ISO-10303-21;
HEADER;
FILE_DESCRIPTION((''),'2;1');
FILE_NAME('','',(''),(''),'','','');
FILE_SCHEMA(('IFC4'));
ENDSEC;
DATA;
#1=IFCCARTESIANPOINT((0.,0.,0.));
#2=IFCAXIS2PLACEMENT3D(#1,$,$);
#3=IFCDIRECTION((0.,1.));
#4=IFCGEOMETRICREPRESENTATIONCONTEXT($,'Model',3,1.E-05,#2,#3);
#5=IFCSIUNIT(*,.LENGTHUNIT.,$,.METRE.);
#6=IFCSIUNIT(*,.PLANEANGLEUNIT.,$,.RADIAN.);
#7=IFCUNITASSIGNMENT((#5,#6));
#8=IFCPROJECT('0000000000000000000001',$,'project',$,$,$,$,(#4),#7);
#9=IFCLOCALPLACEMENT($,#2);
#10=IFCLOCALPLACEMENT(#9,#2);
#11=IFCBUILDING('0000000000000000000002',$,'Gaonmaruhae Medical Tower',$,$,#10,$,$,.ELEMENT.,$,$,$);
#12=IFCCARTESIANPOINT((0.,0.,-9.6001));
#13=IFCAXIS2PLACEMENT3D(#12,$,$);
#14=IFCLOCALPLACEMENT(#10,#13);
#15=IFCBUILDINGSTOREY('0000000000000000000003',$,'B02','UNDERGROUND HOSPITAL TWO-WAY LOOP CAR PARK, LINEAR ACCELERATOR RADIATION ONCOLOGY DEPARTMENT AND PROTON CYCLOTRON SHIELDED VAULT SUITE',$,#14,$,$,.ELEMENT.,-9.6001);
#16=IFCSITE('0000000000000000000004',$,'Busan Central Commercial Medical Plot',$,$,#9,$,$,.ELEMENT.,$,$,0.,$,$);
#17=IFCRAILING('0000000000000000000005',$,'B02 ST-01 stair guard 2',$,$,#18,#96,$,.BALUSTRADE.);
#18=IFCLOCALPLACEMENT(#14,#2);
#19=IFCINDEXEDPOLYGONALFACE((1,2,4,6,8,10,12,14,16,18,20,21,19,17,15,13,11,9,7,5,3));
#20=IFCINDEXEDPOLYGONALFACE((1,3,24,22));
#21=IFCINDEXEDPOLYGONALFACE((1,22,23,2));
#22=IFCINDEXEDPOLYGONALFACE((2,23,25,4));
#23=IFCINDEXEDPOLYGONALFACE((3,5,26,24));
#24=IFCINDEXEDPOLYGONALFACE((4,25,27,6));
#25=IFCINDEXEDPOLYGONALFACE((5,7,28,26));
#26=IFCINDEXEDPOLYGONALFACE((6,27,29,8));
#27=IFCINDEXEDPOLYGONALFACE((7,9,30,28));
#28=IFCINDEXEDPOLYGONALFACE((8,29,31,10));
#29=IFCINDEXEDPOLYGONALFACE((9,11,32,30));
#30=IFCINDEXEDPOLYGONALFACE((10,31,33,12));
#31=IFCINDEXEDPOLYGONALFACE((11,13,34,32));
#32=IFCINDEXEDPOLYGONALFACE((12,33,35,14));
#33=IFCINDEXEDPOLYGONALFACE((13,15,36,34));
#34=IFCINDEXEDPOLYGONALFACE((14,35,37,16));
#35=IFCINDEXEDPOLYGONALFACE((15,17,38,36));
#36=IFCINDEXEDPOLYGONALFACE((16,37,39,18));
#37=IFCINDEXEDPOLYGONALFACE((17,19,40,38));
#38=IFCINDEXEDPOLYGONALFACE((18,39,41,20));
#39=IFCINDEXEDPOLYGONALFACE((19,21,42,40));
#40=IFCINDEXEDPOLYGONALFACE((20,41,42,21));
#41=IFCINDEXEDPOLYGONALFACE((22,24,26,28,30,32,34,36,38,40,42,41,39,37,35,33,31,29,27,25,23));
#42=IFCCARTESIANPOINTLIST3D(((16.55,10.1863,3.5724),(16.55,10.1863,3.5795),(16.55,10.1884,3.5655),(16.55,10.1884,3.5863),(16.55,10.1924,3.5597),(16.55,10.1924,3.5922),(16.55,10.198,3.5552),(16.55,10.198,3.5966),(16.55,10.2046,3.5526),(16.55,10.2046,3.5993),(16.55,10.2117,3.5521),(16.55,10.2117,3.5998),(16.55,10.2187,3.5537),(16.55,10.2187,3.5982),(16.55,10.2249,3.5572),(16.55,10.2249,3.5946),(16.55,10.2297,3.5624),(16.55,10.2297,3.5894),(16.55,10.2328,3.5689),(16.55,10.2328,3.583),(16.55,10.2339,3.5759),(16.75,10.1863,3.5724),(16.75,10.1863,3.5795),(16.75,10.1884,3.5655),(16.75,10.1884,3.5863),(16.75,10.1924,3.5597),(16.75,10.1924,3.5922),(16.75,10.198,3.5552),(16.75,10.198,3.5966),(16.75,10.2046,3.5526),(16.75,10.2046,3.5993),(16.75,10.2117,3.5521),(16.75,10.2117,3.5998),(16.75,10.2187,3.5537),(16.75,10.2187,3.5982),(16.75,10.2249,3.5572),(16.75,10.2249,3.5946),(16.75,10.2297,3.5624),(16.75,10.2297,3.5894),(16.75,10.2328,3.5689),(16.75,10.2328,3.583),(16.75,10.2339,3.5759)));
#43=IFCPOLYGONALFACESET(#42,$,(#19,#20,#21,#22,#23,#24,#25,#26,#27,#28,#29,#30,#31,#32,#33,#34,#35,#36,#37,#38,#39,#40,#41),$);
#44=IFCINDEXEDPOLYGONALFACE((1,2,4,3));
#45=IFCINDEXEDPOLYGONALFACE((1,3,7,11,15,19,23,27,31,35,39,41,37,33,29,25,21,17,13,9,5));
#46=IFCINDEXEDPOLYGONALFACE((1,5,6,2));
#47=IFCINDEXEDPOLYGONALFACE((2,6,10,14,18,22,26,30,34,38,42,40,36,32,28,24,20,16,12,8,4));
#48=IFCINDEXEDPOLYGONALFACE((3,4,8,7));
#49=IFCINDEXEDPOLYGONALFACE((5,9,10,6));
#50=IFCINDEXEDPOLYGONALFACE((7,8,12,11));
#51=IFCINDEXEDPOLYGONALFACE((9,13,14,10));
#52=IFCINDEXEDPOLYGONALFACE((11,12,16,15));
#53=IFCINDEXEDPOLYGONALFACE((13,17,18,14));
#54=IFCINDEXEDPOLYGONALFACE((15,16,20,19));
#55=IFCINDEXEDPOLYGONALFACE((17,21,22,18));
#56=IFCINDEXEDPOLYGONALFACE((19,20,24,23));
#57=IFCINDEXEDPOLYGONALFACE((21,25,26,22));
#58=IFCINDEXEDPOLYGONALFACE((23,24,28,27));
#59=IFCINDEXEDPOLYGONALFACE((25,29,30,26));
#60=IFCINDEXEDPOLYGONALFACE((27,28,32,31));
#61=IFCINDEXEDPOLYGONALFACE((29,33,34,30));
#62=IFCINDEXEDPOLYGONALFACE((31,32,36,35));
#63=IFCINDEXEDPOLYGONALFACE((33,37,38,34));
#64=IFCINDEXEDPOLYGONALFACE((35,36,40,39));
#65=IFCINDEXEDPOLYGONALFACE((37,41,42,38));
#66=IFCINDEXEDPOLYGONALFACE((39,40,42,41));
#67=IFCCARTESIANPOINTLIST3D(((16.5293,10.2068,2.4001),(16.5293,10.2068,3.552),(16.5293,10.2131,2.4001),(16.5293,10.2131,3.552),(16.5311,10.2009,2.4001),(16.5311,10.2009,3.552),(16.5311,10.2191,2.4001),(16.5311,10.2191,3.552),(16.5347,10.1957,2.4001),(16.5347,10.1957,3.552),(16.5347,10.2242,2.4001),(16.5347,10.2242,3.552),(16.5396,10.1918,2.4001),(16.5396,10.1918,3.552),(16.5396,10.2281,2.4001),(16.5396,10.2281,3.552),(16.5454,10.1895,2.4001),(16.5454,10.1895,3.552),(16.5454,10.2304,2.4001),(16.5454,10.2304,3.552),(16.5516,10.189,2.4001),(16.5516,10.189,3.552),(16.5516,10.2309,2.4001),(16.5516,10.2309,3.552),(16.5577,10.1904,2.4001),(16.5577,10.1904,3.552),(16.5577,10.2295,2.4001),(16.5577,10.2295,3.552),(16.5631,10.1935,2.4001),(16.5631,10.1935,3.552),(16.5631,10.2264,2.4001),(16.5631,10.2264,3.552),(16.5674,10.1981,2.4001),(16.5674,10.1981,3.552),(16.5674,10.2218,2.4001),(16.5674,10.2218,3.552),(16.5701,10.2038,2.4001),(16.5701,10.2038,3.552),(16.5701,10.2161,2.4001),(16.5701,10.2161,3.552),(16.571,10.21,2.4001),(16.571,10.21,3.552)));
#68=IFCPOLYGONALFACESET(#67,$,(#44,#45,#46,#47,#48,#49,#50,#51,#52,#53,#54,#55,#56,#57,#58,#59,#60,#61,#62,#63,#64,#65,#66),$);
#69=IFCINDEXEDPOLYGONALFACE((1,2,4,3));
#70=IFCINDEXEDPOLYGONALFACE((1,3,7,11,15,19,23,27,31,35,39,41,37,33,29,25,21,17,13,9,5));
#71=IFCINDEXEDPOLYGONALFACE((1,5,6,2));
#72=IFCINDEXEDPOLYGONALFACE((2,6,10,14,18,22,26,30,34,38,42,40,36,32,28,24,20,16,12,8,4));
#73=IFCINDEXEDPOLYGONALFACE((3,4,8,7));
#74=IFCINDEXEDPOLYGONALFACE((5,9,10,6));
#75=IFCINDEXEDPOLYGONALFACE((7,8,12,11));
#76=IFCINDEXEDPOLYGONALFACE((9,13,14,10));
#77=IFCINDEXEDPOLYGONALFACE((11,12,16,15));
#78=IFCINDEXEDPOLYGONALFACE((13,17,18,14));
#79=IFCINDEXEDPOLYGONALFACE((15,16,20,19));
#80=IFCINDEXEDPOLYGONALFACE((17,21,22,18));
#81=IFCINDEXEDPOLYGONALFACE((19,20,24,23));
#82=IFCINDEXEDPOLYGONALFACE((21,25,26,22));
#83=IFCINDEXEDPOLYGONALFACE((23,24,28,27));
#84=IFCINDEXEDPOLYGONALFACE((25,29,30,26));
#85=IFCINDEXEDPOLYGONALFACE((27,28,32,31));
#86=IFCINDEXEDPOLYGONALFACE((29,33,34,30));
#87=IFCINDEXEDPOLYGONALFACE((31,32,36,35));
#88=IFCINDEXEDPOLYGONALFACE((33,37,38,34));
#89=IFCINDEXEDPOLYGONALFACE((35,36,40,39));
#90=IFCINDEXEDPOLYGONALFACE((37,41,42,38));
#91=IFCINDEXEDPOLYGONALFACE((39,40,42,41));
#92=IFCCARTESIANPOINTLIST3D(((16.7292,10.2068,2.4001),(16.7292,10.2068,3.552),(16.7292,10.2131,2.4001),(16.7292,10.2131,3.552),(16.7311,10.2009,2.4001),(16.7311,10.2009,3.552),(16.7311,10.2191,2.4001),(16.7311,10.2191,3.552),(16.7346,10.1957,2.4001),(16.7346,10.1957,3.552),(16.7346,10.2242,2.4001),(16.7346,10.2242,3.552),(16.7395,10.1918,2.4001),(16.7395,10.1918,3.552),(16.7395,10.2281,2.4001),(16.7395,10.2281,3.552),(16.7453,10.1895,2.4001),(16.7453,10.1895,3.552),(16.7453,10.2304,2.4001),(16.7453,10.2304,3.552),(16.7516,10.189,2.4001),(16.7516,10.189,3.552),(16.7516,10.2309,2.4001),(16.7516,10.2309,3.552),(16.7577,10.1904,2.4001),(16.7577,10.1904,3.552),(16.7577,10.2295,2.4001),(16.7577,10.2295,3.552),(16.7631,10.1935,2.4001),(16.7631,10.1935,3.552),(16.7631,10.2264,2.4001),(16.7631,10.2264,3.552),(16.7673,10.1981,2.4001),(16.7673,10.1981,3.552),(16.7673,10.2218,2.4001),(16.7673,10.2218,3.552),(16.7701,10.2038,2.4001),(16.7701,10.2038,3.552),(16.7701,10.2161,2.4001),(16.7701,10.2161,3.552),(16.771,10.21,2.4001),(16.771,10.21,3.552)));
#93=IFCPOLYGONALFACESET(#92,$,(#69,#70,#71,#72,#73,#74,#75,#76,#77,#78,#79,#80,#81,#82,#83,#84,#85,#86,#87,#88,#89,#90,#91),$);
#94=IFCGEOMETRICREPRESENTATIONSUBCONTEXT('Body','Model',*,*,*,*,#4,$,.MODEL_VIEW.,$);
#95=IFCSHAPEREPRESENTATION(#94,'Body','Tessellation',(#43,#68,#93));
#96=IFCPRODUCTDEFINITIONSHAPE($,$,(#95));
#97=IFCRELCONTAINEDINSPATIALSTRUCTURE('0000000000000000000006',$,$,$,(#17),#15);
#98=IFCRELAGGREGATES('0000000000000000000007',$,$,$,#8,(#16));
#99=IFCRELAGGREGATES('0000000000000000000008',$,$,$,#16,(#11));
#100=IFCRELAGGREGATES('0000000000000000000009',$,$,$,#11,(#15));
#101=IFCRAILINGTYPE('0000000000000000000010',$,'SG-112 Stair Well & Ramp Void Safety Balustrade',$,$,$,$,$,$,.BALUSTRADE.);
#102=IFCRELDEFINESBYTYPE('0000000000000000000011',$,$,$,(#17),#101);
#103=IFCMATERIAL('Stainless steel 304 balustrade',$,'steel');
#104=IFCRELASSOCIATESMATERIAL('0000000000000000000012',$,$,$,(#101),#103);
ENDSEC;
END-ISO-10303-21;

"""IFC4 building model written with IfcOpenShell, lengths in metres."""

from ifc_helpers import new_model, si_unit, direction, frame, origin, origin_2d, place, context, subcontext, project, spatial, circle, extrude, material, type_object, element, save


model = new_model("IFC4")

# Units and contexts
model_context = context("Model", 3, precision=1e-05, world=origin(), true_north=direction((0.0, 1.0)))
body_context = subcontext(model_context, "Body", "Model", "MODEL_VIEW")
ifc_project = project(units=[si_unit("LENGTHUNIT", "METRE"), si_unit("PLANEANGLEUNIT", "RADIAN")], contexts=[model_context])

# Site, building, storey
site_placement = place(None, origin())
site = spatial("IfcSite", under=ifc_project, at=site_placement, Name="Busan Central Commercial Medical Plot", CompositionType="ELEMENT", RefElevation=0.0)
building_placement = place(site_placement, origin())
building = spatial("IfcBuilding", under=site, at=building_placement, Name="Gaonmaruhae Medical Tower", CompositionType="ELEMENT")
storey_placement = place(building_placement, frame((0.0, 0.0, -9.6001)))
storey = spatial("IfcBuildingStorey", under=building, at=storey_placement, Name="B02", Description="UNDERGROUND HOSPITAL TWO-WAY LOOP CAR PARK, LINEAR ACCELERATOR RADIATION ONCOLOGY DEPARTMENT AND PROTON CYCLOTRON SHIELDED VAULT SUITE", CompositionType="ELEMENT", Elevation=-9.6001)

# Railing
ifc_material_1 = material(Name="Stainless steel 304 balustrade", Category="steel")
railing_type_1 = type_object("IfcRailingType", Name="SG-112 Stair Well & Ramp Void Safety Balustrade", PredefinedType="BALUSTRADE", material=ifc_material_1)
railing_1_placement = place(storey_placement, frame((16.55, 10.21, 2.4001)))
element("IfcRailing", 1, at=railing_1_placement, inside=storey, type_object=railing_type_1, Name="B02 ST-01 stair guard 2", PredefinedType="BALUSTRADE", context=body_context, shape_type="SweptSolid", body=[
    extrude(circle(Radius=0.0239, at=origin_2d()), frame((0.0, 0.0, 1.1758), z_axis=(1.0, 0.0, 0.0), x_axis=(0.0, 1.0, 0.0)), (0.0, 0.0, 1.0), 0.2),
    extrude(circle(Radius=0.021, at=origin_2d()), origin(), (0.0, 0.0, 1.0), 1.1519),
    extrude(circle(Radius=0.021, at=origin_2d()), frame((0.2, 0.0, 0.0)), (0.0, 0.0, 1.0), 1.1519),
])

save(model, "model.ifc")
